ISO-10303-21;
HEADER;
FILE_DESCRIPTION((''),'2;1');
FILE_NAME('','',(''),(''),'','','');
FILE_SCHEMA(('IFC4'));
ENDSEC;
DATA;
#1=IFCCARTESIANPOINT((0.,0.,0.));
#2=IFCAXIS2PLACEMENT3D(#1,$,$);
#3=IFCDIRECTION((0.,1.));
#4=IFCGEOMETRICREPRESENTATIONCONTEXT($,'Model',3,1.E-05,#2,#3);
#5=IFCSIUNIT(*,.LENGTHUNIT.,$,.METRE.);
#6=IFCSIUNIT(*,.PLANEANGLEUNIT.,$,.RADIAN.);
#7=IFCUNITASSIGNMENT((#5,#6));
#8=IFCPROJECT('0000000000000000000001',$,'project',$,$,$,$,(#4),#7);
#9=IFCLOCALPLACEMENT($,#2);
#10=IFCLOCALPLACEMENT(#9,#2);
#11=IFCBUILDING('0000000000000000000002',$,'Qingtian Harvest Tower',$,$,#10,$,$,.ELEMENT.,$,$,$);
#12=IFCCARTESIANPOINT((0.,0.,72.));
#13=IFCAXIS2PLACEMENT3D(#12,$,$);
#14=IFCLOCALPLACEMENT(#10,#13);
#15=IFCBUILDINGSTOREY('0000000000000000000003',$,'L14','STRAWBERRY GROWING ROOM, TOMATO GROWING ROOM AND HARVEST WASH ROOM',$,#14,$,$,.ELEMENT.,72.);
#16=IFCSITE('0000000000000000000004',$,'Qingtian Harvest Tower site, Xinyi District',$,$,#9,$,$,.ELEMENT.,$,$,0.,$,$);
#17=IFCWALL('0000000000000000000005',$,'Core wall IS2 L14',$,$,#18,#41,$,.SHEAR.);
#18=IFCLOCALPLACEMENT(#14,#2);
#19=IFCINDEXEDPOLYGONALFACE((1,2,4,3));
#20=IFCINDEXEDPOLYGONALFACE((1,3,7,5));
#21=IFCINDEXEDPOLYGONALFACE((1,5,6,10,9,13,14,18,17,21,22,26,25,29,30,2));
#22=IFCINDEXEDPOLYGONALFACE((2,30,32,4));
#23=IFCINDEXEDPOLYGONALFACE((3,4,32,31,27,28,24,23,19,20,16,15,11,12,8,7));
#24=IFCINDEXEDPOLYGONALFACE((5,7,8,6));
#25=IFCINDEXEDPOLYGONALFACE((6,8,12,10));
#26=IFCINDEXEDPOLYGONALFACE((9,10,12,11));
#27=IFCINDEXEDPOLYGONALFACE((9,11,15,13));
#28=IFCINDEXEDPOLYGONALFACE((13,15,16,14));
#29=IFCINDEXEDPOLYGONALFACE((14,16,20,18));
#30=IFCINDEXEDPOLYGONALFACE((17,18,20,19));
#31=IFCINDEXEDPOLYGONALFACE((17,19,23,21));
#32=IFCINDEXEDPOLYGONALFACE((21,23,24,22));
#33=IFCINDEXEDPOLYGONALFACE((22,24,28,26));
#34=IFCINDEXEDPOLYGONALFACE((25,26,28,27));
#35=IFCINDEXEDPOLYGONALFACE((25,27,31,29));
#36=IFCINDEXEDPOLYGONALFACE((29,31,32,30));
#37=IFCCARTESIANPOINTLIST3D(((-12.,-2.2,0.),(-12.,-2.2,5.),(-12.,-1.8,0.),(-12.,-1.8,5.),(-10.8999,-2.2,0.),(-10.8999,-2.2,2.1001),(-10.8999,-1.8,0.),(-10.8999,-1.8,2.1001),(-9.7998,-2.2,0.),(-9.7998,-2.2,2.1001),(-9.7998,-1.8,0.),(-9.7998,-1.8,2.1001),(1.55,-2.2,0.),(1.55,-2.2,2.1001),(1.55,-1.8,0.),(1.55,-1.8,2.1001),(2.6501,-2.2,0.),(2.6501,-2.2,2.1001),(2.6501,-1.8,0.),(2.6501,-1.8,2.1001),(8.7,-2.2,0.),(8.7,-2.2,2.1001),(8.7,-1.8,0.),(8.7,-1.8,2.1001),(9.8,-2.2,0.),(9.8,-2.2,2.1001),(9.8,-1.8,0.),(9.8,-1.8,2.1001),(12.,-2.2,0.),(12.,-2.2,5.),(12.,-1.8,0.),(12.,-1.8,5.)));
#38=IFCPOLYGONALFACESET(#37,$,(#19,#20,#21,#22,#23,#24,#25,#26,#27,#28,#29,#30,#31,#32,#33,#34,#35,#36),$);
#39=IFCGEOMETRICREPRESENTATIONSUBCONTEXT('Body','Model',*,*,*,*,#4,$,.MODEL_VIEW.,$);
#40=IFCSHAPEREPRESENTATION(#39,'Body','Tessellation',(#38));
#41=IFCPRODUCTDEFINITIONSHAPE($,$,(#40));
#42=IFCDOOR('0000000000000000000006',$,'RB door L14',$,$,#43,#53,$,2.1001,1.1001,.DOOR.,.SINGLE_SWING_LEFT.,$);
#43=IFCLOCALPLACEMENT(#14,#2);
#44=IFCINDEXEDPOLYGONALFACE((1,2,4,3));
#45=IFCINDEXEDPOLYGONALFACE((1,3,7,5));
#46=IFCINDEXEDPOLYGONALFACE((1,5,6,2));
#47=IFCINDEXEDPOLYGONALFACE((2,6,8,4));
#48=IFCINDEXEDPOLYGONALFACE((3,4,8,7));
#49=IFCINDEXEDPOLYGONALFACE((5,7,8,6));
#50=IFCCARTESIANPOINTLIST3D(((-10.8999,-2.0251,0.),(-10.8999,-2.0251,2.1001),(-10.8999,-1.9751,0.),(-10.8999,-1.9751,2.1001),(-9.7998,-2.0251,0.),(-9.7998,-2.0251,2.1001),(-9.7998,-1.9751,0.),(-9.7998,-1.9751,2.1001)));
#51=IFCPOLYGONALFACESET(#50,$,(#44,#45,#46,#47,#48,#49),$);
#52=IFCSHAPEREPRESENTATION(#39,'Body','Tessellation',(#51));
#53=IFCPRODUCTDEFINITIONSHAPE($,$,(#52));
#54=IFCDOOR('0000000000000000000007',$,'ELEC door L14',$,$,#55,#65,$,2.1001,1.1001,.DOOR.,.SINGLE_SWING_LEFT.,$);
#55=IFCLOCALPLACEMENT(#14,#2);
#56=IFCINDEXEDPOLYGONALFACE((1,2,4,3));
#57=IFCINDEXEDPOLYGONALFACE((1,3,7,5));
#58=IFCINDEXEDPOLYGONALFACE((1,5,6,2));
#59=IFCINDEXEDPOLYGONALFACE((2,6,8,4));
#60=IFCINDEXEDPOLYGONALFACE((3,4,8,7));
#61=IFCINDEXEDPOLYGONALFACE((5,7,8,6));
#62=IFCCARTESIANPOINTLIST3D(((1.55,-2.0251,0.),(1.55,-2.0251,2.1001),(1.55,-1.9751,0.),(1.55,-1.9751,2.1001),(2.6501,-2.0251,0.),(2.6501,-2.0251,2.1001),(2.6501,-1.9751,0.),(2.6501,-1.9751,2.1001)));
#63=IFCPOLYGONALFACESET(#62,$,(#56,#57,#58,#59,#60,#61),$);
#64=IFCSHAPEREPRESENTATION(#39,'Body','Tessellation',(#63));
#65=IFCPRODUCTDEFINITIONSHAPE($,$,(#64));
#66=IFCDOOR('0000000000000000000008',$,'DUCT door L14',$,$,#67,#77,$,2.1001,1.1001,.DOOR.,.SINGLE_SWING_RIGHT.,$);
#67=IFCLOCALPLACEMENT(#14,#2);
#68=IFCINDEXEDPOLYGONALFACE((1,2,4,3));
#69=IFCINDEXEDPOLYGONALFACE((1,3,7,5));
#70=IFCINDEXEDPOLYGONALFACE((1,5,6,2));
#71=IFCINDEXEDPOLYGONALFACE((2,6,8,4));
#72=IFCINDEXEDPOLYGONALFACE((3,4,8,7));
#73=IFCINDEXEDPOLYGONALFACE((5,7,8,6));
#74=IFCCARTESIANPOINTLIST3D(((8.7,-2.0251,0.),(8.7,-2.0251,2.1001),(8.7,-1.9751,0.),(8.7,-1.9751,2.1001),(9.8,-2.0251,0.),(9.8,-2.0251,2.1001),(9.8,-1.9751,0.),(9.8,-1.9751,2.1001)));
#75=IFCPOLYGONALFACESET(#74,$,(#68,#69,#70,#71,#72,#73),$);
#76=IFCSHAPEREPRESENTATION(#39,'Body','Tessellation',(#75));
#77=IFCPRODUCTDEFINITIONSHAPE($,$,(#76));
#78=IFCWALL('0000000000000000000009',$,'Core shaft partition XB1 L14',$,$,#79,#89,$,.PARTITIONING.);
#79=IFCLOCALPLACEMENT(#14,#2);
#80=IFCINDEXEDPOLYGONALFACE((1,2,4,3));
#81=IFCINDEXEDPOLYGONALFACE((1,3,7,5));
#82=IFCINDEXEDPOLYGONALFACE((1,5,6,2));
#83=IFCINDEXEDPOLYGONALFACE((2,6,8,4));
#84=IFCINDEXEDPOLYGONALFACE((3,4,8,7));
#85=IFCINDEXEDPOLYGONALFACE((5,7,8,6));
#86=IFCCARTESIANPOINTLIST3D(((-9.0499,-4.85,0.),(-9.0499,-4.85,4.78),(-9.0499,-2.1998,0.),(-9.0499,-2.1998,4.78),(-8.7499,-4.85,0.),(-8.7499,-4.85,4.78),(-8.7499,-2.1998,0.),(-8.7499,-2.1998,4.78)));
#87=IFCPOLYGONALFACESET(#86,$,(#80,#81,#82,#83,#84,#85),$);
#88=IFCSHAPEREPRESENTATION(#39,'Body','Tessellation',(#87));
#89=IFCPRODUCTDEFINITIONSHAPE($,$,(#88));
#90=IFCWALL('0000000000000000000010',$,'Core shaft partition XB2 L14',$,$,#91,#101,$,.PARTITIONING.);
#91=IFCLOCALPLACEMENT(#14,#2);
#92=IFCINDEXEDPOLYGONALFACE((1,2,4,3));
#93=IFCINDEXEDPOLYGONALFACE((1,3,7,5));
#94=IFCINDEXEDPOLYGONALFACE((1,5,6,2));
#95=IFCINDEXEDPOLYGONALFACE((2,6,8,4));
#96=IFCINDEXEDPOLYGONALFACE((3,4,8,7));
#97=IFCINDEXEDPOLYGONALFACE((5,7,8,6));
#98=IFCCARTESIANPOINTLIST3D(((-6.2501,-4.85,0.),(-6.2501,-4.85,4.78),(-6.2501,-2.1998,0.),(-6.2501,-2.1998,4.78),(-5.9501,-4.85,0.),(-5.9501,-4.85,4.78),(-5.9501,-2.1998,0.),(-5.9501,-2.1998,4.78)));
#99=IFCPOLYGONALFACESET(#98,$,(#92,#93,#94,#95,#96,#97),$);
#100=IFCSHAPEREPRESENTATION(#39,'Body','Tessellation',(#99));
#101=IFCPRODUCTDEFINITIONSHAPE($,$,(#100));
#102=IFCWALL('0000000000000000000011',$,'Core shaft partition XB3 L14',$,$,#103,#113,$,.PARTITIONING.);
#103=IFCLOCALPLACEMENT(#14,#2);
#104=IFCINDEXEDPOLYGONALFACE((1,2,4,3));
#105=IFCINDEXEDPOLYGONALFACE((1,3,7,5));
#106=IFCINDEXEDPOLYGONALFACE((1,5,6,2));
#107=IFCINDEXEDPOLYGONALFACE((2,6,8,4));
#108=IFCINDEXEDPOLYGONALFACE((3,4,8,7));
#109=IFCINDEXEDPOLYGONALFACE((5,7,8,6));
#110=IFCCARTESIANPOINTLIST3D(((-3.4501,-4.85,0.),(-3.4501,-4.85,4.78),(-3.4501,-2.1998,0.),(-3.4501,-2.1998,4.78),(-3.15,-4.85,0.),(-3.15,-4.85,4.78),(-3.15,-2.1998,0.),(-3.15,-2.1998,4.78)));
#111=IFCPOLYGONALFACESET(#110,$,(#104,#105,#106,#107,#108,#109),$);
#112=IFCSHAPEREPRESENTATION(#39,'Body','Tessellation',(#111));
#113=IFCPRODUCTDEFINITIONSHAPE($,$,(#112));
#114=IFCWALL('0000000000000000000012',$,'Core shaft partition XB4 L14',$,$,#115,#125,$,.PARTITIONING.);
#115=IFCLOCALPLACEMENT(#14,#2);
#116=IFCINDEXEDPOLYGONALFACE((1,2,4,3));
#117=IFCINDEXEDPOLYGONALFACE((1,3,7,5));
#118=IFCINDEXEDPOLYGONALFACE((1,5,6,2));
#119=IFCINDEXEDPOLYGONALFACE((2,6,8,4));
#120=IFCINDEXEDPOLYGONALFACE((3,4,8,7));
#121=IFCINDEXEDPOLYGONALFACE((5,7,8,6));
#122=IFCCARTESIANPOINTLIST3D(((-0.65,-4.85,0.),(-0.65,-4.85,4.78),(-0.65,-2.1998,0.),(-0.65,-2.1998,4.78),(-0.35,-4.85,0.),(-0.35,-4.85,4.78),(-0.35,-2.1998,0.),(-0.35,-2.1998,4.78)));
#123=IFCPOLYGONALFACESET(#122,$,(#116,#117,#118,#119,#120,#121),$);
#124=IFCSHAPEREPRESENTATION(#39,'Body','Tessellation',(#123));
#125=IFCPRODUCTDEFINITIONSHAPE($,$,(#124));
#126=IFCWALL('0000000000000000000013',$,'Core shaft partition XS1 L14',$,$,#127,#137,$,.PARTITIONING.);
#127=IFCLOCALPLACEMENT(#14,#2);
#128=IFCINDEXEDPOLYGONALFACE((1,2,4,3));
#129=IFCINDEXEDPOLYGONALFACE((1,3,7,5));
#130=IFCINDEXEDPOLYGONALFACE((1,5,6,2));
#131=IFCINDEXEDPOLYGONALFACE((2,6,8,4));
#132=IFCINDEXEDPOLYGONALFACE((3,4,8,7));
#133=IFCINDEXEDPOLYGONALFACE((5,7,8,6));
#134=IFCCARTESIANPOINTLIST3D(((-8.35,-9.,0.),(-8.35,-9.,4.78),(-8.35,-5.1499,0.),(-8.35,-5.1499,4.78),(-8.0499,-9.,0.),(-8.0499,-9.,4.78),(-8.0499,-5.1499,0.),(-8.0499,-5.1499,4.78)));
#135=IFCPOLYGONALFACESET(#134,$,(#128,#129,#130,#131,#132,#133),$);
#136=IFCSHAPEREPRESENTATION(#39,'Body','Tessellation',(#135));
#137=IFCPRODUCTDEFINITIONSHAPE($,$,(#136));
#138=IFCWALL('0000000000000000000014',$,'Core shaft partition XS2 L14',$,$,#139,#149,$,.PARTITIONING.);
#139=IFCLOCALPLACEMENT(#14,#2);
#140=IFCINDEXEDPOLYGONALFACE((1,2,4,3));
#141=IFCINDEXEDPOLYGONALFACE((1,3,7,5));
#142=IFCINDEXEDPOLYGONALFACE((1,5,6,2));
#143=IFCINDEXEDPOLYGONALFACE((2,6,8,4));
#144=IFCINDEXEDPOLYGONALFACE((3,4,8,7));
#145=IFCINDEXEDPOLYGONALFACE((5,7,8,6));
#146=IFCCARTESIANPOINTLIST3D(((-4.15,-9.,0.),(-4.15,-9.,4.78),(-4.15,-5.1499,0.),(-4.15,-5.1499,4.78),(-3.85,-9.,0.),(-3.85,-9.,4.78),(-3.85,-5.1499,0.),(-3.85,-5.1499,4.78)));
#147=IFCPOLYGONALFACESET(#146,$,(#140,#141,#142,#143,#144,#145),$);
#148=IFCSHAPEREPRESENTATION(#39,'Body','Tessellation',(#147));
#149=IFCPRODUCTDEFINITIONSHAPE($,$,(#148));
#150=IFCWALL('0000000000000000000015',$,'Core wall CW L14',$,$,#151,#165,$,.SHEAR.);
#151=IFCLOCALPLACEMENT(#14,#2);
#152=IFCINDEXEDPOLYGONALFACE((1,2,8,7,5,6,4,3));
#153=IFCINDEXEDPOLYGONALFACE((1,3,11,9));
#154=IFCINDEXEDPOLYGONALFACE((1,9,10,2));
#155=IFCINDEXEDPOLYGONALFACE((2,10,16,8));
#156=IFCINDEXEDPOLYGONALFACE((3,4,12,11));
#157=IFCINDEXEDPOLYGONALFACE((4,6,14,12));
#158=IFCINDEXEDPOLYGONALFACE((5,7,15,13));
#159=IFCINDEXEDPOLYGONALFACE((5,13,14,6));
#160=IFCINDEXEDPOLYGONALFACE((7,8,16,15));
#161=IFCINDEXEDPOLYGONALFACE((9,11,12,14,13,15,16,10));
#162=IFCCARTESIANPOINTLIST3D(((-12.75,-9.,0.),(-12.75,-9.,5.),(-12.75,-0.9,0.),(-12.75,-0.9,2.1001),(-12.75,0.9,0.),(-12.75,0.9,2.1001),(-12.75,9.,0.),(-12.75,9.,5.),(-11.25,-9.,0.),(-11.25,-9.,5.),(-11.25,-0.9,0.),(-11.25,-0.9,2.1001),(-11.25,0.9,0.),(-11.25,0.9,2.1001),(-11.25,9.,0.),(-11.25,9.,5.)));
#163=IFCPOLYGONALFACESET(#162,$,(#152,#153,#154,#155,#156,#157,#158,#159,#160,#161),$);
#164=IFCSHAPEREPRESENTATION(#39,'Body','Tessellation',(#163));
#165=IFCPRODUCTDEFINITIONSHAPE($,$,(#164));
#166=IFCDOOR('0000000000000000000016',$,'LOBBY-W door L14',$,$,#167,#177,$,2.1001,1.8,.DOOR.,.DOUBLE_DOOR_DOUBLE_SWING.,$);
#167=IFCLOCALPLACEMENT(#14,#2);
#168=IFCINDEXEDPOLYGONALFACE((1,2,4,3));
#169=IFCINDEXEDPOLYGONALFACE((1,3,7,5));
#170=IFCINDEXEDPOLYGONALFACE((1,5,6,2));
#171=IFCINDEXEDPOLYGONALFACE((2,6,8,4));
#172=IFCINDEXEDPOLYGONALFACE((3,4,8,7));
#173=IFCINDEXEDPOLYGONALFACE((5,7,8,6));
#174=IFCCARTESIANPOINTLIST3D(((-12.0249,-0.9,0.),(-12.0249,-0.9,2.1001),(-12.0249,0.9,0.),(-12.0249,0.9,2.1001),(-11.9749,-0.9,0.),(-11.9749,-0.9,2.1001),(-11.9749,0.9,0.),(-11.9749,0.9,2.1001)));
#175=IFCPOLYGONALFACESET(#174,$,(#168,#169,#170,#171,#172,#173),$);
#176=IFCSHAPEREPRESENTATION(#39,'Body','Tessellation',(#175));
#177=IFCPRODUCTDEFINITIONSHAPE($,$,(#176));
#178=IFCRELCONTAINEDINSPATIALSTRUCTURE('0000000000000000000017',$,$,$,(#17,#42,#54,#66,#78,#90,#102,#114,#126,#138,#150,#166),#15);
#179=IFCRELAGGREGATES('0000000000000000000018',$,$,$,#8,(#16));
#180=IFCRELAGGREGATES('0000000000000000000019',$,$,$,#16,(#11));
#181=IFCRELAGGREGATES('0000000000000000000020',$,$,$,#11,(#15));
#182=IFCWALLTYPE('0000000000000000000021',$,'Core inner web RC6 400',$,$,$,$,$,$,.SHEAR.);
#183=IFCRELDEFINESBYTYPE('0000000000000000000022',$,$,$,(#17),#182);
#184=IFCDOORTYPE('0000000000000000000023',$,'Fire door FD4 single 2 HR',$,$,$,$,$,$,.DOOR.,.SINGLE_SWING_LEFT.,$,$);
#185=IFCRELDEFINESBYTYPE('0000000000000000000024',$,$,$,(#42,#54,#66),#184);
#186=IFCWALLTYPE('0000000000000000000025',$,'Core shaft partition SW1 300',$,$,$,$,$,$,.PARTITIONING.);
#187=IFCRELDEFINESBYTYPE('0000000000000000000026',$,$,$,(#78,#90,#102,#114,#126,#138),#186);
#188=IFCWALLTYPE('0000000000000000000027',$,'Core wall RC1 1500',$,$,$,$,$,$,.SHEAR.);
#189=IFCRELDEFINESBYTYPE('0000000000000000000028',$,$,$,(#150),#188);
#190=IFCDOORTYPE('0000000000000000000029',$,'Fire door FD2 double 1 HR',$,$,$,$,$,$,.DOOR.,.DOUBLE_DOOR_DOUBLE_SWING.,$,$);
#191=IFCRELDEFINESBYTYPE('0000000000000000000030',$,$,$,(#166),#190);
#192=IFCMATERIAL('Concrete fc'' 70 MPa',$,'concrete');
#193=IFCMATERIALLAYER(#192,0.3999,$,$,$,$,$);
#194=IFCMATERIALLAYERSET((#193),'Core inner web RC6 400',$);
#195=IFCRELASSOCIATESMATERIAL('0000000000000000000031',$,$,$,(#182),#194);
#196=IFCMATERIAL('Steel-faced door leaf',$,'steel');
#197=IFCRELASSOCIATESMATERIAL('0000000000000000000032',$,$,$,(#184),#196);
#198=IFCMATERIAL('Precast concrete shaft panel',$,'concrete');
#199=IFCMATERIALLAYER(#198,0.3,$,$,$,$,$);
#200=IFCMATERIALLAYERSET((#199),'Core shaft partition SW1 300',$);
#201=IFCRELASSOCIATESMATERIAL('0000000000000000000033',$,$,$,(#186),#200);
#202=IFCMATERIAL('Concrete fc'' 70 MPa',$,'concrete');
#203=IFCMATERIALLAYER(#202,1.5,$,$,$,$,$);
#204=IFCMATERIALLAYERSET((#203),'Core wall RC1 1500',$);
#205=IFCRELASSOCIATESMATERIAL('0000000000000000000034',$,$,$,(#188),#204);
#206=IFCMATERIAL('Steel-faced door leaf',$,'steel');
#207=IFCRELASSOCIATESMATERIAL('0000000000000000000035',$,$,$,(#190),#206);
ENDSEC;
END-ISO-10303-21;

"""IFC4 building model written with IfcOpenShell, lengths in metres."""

from ifc_helpers import new_model, si_unit, direction, frame, frame_2d, origin, place, context, subcontext, project, spatial, rectangle, extrude, material, layer, layer_set, type_object, element, fill, save


model = new_model("IFC4")

# Units and contexts
model_context = context("Model", 3, precision=1e-05, world=origin(), true_north=direction((0.0, 1.0)))
body_context = subcontext(model_context, "Body", "Model", "MODEL_VIEW")
ifc_project = project(units=[si_unit("LENGTHUNIT", "METRE"), si_unit("PLANEANGLEUNIT", "RADIAN")], contexts=[model_context])

# Site, building, storey
site_placement = place(None, origin())
site = spatial("IfcSite", under=ifc_project, at=site_placement, Name="Qingtian Harvest Tower site, Xinyi District", CompositionType="ELEMENT", RefElevation=0.0)
building_placement = place(site_placement, origin())
building = spatial("IfcBuilding", under=site, at=building_placement, Name="Qingtian Harvest Tower", CompositionType="ELEMENT")
storey_placement = place(building_placement, frame((0.0, 0.0, 72.0)))
storey = spatial("IfcBuildingStorey", under=building, at=storey_placement, Name="L14", Description="STRAWBERRY GROWING ROOM, TOMATO GROWING ROOM AND HARVEST WASH ROOM", CompositionType="ELEMENT", Elevation=72.0)

# Wall, openings, doors
ifc_material_1 = material(Name="Concrete fc' 70 MPa", Category="concrete")
ifc_layer_1 = layer(ifc_material_1, 0.3999)
ifc_layer_set_1 = layer_set([ifc_layer_1], Name="Core inner web RC6 400")
wall_type_1 = type_object("IfcWallType", Name="Core inner web RC6 400", PredefinedType="SHEAR", material=ifc_layer_set_1)
wall_1_placement = place(storey_placement, frame((-12.0, -2.0, 0.0), z_axis=(0.0, 0.0, 1.0), x_axis=(1.0, 0.0, 0.0)))
wall_1 = element("IfcWall", 1, at=wall_1_placement, inside=storey, type_object=wall_type_1, Name="Core wall IS2 L14", PredefinedType="SHEAR", context=body_context, shape_type="SweptSolid", body=[
    extrude(rectangle(XDim=24.0, YDim=0.3999, at=frame_2d((12.0, 0.0))), origin(), (0.0, 0.0, 1.0), 5.0),
])
opening_1_placement = place(wall_1_placement, frame((1.1001, 0.0, 0.0)))
opening_1 = element("IfcOpeningElement", 2, at=opening_1_placement, cuts=wall_1, PredefinedType="OPENING", context=body_context, shape_type="SweptSolid", body=[
    extrude(rectangle(XDim=1.1001, YDim=2.1001, at=frame_2d((0.55, 1.05))), frame((0.0, 0.21, 0.0), z_axis=(0.0, -1.0, 0.0), x_axis=(1.0, 0.0, 0.0)), (0.0, 0.0, 1.0), 0.4199),
])
opening_2_placement = place(wall_1_placement, frame((13.55, 0.0, 0.0)))
opening_2 = element("IfcOpeningElement", 3, at=opening_2_placement, cuts=wall_1, PredefinedType="OPENING", context=body_context, shape_type="SweptSolid", body=[
    extrude(rectangle(XDim=1.1001, YDim=2.1001, at=frame_2d((0.55, 1.05))), frame((0.0, 0.21, 0.0), z_axis=(0.0, -1.0, 0.0), x_axis=(1.0, 0.0, 0.0)), (0.0, 0.0, 1.0), 0.4199),
])
opening_3_placement = place(wall_1_placement, frame((20.7, 0.0, 0.0)))
opening_3 = element("IfcOpeningElement", 4, at=opening_3_placement, cuts=wall_1, PredefinedType="OPENING", context=body_context, shape_type="SweptSolid", body=[
    extrude(rectangle(XDim=1.1001, YDim=2.1001, at=frame_2d((0.55, 1.05))), frame((0.0, 0.21, 0.0), z_axis=(0.0, -1.0, 0.0), x_axis=(1.0, 0.0, 0.0)), (0.0, 0.0, 1.0), 0.4199),
])
ifc_material_2 = material(Name="Steel-faced door leaf", Category="steel")
door_type_1 = type_object("IfcDoorType", Name="Fire door FD4 single 2 HR", OperationType="SINGLE_SWING_LEFT", PredefinedType="DOOR", material=ifc_material_2)
door_1_placement = place(opening_1_placement, origin())
door_1 = element("IfcDoor", 5, at=door_1_placement, inside=storey, type_object=door_type_1, Name="RB door L14", OperationType="SINGLE_SWING_LEFT", OverallHeight=2.1001, OverallWidth=1.1001, PredefinedType="DOOR", context=body_context, shape_type="SweptSolid", body=[
    extrude(rectangle(XDim=1.1001, YDim=2.1001, at=frame_2d((0.55, 1.05))), frame((0.0, 0.0249, 0.0), z_axis=(0.0, -1.0, 0.0), x_axis=(1.0, 0.0, 0.0)), (0.0, 0.0, 1.0), 0.05),
])
fill(opening_1, door_1)
door_2_placement = place(opening_2_placement, origin())
door_2 = element("IfcDoor", 6, at=door_2_placement, inside=storey, type_object=door_type_1, Name="ELEC door L14", OperationType="SINGLE_SWING_LEFT", OverallHeight=2.1001, OverallWidth=1.1001, PredefinedType="DOOR", context=body_context, shape_type="SweptSolid", body=[
    extrude(rectangle(XDim=1.1001, YDim=2.1001, at=frame_2d((0.55, 1.05))), frame((0.0, 0.0249, 0.0), z_axis=(0.0, -1.0, 0.0), x_axis=(1.0, 0.0, 0.0)), (0.0, 0.0, 1.0), 0.05),
])
fill(opening_2, door_2)
door_3_placement = place(opening_3_placement, origin())
door_3 = element("IfcDoor", 7, at=door_3_placement, inside=storey, type_object=door_type_1, Name="DUCT door L14", OperationType="SINGLE_SWING_RIGHT", OverallHeight=2.1001, OverallWidth=1.1001, PredefinedType="DOOR", context=body_context, shape_type="SweptSolid", body=[
    extrude(rectangle(XDim=1.1001, YDim=2.1001, at=frame_2d((0.55, 1.05))), frame((0.0, 0.0249, 0.0), z_axis=(0.0, -1.0, 0.0), x_axis=(1.0, 0.0, 0.0)), (0.0, 0.0, 1.0), 0.05),
])
fill(opening_3, door_3)

# Walls
ifc_material_3 = material(Name="Precast concrete shaft panel", Category="concrete")
ifc_layer_2 = layer(ifc_material_3, 0.3)
ifc_layer_set_2 = layer_set([ifc_layer_2], Name="Core shaft partition SW1 300")
wall_type_2 = type_object("IfcWallType", Name="Core shaft partition SW1 300", PredefinedType="PARTITIONING", material=ifc_layer_set_2)
for number, where, z_axis, x_axis, name in (
    (8, (-8.8999, -4.8501, 0.0), (0.0, 0.0, 1.0), (0.0, 1.0, 0.0), "Core shaft partition XB1 L14"),
    (9, (-6.1001, -4.8501, 0.0), (0.0, 0.0, 1.0), (0.0, 1.0, 0.0), "Core shaft partition XB2 L14"),
    (10, (-3.3, -4.8501, 0.0), (0.0, 0.0, 1.0), (0.0, 1.0, 0.0), "Core shaft partition XB3 L14"),
    (11, (-0.5, -4.8501, 0.0), (0.0, 0.0, 1.0), (0.0, 1.0, 0.0), "Core shaft partition XB4 L14"),
):
    element("IfcWall", number, at=place(storey_placement, frame(where, z_axis=z_axis, x_axis=x_axis)), inside=storey, type_object=wall_type_2, Name=name, PredefinedType="PARTITIONING", context=body_context, shape_type="SweptSolid", body=[
        extrude(rectangle(XDim=2.6501, YDim=0.3, at=frame_2d((1.3252, 0.0))), origin(), (0.0, 0.0, 1.0), 4.78),
    ])
for number, where, z_axis, x_axis, name in (
    (12, (-8.2, -9.0, 0.0), (0.0, 0.0, 1.0), (0.0, 1.0, 0.0), "Core shaft partition XS1 L14"),
    (13, (-4.0, -9.0, 0.0), (0.0, 0.0, 1.0), (0.0, 1.0, 0.0), "Core shaft partition XS2 L14"),
):
    element("IfcWall", number, at=place(storey_placement, frame(where, z_axis=z_axis, x_axis=x_axis)), inside=storey, type_object=wall_type_2, Name=name, PredefinedType="PARTITIONING", context=body_context, shape_type="SweptSolid", body=[
        extrude(rectangle(XDim=3.8501, YDim=0.3, at=frame_2d((1.925, 0.0))), origin(), (0.0, 0.0, 1.0), 4.78),
    ])

# Wall, opening, door
ifc_material_4 = material(Name="Concrete fc' 70 MPa", Category="concrete")
ifc_layer_3 = layer(ifc_material_4, 1.5)
ifc_layer_set_3 = layer_set([ifc_layer_3], Name="Core wall RC1 1500")
wall_type_3 = type_object("IfcWallType", Name="Core wall RC1 1500", PredefinedType="SHEAR", material=ifc_layer_set_3)
wall_2_placement = place(storey_placement, frame((-12.0, -9.0, 0.0), z_axis=(0.0, 0.0, 1.0), x_axis=(0.0, 1.0, 0.0)))
wall_2 = element("IfcWall", 14, at=wall_2_placement, inside=storey, type_object=wall_type_3, Name="Core wall CW L14", PredefinedType="SHEAR", context=body_context, shape_type="SweptSolid", body=[
    extrude(rectangle(XDim=18.0, YDim=1.5, at=frame_2d((9.0, 0.0))), origin(), (0.0, 0.0, 1.0), 5.0),
])
opening_4_placement = place(wall_2_placement, frame((8.1001, 0.0, 0.0)))
opening_4 = element("IfcOpeningElement", 15, at=opening_4_placement, cuts=wall_2, PredefinedType="OPENING", context=body_context, shape_type="SweptSolid", body=[
    extrude(rectangle(XDim=1.8, YDim=2.1001, at=frame_2d((0.8999, 1.05))), frame((0.0, 0.76, 0.0), z_axis=(0.0, -1.0, 0.0), x_axis=(1.0, 0.0, 0.0)), (0.0, 0.0, 1.0), 1.52),
])
ifc_material_5 = material(Name="Steel-faced door leaf", Category="steel")
door_type_2 = type_object("IfcDoorType", Name="Fire door FD2 double 1 HR", OperationType="DOUBLE_DOOR_DOUBLE_SWING", PredefinedType="DOOR", material=ifc_material_5)
door_4_placement = place(opening_4_placement, origin())
door_4 = element("IfcDoor", 16, at=door_4_placement, inside=storey, type_object=door_type_2, Name="LOBBY-W door L14", OperationType="DOUBLE_DOOR_DOUBLE_SWING", OverallHeight=2.1001, OverallWidth=1.8, PredefinedType="DOOR", context=body_context, shape_type="SweptSolid", body=[
    extrude(rectangle(XDim=1.8, YDim=2.1001, at=frame_2d((0.8999, 1.05))), frame((0.0, 0.0249, 0.0), z_axis=(0.0, -1.0, 0.0), x_axis=(1.0, 0.0, 0.0)), (0.0, 0.0, 1.0), 0.05),
])
fill(opening_4, door_4)

save(model, "model.ifc")
